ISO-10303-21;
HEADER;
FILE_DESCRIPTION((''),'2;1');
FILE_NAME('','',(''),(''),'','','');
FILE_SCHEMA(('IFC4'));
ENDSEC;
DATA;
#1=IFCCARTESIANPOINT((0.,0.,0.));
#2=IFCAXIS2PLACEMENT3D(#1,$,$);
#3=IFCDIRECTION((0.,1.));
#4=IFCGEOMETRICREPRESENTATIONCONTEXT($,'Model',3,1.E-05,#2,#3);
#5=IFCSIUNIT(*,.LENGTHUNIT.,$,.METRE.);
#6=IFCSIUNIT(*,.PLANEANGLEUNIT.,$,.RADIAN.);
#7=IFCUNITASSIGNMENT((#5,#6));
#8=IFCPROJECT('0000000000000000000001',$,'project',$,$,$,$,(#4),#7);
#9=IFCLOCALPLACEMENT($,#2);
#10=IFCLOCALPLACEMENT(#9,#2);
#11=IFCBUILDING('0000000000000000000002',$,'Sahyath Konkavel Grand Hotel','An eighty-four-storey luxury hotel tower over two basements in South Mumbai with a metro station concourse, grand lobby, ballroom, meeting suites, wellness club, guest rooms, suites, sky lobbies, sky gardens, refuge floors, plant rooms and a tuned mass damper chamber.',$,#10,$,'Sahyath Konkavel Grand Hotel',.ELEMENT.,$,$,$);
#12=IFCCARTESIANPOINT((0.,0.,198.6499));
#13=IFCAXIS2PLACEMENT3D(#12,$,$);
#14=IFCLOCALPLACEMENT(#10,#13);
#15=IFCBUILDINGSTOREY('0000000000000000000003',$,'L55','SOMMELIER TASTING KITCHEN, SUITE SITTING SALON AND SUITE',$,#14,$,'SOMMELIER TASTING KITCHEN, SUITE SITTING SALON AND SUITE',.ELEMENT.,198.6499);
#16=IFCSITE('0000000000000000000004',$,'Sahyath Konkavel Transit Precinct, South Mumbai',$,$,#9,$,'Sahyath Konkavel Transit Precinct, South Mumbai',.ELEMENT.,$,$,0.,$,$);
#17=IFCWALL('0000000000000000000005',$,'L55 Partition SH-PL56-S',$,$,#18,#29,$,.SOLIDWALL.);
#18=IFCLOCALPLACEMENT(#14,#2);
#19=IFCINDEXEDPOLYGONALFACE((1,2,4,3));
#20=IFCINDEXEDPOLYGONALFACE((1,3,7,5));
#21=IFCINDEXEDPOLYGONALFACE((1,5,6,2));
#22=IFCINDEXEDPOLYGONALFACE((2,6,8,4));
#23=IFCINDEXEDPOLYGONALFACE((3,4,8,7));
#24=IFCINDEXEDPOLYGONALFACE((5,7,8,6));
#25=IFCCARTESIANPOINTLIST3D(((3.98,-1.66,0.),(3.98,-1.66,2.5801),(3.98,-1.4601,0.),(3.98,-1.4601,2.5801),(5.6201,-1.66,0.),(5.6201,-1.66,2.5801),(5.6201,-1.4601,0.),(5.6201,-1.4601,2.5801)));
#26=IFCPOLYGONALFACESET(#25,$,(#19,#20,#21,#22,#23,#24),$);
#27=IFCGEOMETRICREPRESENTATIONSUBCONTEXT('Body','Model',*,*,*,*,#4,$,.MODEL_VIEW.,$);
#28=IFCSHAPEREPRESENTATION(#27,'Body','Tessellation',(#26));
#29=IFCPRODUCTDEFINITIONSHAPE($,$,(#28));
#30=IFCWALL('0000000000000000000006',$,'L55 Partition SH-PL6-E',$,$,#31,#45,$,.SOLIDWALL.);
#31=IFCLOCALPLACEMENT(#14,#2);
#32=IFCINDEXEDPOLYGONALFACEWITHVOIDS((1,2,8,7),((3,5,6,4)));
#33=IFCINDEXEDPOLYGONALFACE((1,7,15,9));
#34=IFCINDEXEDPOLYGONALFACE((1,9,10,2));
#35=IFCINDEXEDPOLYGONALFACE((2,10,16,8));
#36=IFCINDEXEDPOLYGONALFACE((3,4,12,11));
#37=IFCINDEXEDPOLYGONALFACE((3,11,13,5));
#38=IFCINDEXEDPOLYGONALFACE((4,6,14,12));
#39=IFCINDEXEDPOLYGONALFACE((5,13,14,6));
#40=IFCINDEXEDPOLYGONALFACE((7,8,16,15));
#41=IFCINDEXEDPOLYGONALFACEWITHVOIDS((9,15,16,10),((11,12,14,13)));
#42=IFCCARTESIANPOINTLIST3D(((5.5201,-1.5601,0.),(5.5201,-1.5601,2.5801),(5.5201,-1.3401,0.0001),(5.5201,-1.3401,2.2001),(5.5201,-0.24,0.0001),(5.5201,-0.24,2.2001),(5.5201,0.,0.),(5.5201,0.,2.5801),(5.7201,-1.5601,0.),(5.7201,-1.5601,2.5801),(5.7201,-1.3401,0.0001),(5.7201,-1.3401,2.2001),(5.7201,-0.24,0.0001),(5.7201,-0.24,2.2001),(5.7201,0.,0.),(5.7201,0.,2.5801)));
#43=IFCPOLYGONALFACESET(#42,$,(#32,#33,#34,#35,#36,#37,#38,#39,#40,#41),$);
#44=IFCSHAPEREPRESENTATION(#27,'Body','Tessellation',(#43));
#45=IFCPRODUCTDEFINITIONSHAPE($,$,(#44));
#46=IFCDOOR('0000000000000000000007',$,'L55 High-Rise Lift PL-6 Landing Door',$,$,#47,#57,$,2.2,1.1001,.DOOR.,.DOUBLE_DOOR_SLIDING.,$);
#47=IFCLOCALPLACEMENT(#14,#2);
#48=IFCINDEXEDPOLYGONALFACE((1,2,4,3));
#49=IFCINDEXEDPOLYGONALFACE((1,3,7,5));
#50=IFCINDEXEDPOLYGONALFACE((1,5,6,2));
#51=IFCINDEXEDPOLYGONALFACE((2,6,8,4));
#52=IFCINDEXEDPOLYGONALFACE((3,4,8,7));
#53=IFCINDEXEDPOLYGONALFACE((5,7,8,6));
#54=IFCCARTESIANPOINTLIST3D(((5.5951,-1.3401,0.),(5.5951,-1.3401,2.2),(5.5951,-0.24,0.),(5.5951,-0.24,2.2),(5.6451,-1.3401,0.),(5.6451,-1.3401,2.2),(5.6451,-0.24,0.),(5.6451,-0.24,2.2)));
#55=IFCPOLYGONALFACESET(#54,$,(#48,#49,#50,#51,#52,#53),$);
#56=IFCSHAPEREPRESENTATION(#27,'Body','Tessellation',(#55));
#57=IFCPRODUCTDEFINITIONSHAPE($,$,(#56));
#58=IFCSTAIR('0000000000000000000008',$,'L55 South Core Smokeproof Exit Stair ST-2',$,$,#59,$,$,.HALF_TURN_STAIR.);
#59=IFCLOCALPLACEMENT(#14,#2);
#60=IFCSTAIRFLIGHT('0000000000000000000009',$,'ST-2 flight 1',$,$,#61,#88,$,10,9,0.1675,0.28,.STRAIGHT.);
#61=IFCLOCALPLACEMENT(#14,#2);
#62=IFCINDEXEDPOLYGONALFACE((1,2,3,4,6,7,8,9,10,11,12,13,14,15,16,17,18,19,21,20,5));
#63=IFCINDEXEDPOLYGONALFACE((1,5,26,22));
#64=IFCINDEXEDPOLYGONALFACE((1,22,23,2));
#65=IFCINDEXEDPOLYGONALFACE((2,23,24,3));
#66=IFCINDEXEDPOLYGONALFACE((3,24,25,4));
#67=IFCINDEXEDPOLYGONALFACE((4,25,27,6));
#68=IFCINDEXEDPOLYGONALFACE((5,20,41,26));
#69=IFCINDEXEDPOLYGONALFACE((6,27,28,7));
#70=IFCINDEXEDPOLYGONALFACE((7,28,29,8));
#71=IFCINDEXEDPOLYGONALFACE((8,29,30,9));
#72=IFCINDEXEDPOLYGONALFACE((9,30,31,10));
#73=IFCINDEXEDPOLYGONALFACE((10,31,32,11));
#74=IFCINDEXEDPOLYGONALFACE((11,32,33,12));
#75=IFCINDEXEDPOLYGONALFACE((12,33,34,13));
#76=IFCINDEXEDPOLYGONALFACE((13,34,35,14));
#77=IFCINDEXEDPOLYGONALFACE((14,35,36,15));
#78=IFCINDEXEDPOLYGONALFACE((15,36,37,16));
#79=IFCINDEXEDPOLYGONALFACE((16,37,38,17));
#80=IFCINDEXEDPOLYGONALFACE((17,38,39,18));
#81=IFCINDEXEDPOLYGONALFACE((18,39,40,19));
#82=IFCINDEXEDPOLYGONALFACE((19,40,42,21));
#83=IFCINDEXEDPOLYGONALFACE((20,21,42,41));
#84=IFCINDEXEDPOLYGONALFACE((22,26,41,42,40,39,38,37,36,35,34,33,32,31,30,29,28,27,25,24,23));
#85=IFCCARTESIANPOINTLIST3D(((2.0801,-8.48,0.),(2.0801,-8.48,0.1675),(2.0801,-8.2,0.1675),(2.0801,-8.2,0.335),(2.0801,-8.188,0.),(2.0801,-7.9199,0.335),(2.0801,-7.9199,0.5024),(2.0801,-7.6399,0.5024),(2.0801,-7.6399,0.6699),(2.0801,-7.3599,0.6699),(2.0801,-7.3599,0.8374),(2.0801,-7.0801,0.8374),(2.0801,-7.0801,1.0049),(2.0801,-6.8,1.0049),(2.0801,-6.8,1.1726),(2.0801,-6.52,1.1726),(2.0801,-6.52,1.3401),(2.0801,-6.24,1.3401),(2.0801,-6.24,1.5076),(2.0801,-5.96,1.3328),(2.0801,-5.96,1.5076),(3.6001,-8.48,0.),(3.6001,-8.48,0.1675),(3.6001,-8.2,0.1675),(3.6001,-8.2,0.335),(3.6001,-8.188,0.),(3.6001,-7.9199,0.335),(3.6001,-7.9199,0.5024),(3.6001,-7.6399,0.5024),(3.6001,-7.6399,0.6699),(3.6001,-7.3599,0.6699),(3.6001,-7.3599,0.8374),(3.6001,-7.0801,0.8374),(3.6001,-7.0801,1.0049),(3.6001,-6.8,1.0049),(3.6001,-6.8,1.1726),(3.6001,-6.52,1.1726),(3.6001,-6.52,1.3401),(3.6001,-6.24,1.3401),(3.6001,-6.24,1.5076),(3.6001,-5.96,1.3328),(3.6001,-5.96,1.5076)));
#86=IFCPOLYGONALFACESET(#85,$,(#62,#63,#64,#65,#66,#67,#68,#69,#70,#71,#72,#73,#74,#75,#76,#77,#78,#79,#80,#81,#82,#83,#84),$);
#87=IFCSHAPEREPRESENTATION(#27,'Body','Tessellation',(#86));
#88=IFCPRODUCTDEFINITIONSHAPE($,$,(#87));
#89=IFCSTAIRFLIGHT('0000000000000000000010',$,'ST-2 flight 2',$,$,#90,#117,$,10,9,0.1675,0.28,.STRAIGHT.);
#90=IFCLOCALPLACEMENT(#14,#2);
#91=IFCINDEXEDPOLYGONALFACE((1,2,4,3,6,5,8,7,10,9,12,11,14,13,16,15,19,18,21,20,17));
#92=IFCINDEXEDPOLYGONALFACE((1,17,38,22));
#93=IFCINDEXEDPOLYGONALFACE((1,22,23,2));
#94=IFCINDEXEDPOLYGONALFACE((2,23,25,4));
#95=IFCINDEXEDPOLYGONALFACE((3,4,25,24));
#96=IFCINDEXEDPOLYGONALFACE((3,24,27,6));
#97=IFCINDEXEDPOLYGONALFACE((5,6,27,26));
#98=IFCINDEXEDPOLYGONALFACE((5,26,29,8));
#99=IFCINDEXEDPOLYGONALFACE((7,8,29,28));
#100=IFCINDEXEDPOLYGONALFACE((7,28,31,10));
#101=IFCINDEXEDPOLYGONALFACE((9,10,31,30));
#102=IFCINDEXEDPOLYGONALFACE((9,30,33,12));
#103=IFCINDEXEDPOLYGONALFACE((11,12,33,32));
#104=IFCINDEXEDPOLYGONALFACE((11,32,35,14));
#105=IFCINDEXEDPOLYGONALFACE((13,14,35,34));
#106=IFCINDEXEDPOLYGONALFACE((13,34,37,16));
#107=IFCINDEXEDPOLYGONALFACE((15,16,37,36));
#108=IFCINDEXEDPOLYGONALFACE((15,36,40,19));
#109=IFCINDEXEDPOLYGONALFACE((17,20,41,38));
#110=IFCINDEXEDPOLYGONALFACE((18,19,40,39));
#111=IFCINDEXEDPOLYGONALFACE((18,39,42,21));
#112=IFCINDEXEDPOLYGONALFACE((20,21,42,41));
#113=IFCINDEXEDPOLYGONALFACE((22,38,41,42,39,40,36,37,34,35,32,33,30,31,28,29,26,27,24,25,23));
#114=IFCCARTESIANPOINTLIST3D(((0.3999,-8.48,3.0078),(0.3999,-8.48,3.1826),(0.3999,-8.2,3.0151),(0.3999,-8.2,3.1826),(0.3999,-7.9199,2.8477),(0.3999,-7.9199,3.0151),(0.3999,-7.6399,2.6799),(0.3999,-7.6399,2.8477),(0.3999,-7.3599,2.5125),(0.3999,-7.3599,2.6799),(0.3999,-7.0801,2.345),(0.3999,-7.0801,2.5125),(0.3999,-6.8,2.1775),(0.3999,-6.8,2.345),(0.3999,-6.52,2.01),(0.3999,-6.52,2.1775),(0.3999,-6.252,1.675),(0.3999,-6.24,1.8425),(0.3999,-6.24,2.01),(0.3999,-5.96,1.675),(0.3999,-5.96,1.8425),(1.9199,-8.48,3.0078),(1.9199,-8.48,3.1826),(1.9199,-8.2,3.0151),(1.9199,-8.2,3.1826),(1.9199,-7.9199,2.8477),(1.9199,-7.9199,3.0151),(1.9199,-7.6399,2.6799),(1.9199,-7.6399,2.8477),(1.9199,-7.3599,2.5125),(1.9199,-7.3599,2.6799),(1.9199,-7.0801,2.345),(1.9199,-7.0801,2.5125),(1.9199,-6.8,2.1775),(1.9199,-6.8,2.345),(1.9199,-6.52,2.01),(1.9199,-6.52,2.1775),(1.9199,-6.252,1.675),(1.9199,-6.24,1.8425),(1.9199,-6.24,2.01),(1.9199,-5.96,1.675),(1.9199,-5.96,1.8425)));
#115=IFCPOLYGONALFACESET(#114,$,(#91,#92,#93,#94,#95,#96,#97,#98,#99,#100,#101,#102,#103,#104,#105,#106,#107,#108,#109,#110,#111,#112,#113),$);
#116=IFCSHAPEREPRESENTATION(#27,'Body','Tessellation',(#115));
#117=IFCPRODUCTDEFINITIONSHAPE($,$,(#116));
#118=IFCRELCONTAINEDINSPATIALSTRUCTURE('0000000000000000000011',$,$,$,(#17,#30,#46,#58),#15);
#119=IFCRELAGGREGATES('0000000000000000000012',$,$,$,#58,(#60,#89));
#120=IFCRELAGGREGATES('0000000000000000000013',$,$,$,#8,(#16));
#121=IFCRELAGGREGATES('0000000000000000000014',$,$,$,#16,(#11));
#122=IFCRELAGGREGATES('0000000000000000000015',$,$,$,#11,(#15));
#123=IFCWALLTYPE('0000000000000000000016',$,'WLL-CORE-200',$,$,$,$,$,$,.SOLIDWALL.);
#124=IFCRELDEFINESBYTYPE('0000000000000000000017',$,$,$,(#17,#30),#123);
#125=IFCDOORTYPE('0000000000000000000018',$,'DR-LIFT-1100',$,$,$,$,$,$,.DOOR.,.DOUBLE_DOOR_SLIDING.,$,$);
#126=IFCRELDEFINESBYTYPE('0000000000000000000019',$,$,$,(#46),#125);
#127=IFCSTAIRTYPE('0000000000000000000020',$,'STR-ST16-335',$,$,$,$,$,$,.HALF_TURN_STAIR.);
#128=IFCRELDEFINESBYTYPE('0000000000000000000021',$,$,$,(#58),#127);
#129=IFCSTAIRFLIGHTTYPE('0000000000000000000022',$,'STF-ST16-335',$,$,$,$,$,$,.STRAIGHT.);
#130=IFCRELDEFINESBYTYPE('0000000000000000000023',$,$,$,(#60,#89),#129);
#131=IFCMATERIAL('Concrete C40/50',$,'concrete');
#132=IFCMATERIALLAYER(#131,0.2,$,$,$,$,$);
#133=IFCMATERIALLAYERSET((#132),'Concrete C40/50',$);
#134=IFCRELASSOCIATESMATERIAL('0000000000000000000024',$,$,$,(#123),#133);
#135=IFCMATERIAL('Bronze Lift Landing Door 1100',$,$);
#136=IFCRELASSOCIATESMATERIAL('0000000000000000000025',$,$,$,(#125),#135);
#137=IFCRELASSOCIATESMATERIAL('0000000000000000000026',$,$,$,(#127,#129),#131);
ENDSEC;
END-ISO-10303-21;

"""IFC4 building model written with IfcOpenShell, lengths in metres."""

from ifc_helpers import new_model, si_unit, direction, frame, frame_2d, origin, origin_2d, place, context, subcontext, project, spatial, polyline, rectangle, outline, extrude, source, transform, mapped, material, layer, layer_set, type_object, element, fill, aggregate, save


model = new_model("IFC4")

# Units and contexts
model_context = context("Model", 3, precision=1e-05, world=origin(), true_north=direction((0.0, 1.0)))
body_context = subcontext(model_context, "Body", "Model", "MODEL_VIEW")
ifc_project = project(units=[si_unit("LENGTHUNIT", "METRE"), si_unit("PLANEANGLEUNIT", "RADIAN")], contexts=[model_context])

# Site, building, storey
site_placement = place(None, origin())
site = spatial("IfcSite", under=ifc_project, at=site_placement, Name="Sahyath Konkavel Transit Precinct, South Mumbai", LongName="Sahyath Konkavel Transit Precinct, South Mumbai", CompositionType="ELEMENT", RefElevation=0.0)
building_placement = place(site_placement, origin())
building = spatial("IfcBuilding", under=site, at=building_placement, Name="Sahyath Konkavel Grand Hotel", Description="An eighty-four-storey luxury hotel tower over two basements in South Mumbai with a metro station concourse, grand lobby, ballroom, meeting suites, wellness club, guest rooms, suites, sky lobbies, sky gardens, refuge floors, plant rooms and a tuned mass damper chamber.", LongName="Sahyath Konkavel Grand Hotel", CompositionType="ELEMENT")
storey_placement = place(building_placement, frame((0.0, 0.0, 198.6499)))
storey = spatial("IfcBuildingStorey", under=building, at=storey_placement, Name="L55", Description="SOMMELIER TASTING KITCHEN, SUITE SITTING SALON AND SUITE", LongName="SOMMELIER TASTING KITCHEN, SUITE SITTING SALON AND SUITE", CompositionType="ELEMENT", Elevation=198.6499)

# Wall
ifc_material_1 = material(Name="Concrete C40/50", Category="concrete")
ifc_layer_1 = layer(ifc_material_1, 0.2)
ifc_layer_set_1 = layer_set([ifc_layer_1], Name="Concrete C40/50")
wall_type_1 = type_object("IfcWallType", Name="WLL-CORE-200", PredefinedType="SOLIDWALL", material=ifc_layer_set_1)
wall_1_placement = place(storey_placement, frame((3.98, -1.5601, 0.0), z_axis=(0.0, 0.0, 1.0), x_axis=(1.0, 0.0, 0.0)))
element("IfcWall", 1, at=wall_1_placement, inside=storey, type_object=wall_type_1, Name="L55 Partition SH-PL56-S", PredefinedType="SOLIDWALL", context=body_context, shape_type="SweptSolid", body=[
    extrude(rectangle(XDim=1.6401, YDim=0.2, at=frame_2d((0.8201, 0.0))), origin(), (0.0, 0.0, 1.0), 2.5801),
])

# Wall, opening, door
wall_2_placement = place(storey_placement, frame((5.6201, -1.5601, 0.0), z_axis=(0.0, 0.0, 1.0), x_axis=(0.0, 1.0, 0.0)))
wall_2 = element("IfcWall", 2, at=wall_2_placement, inside=storey, type_object=wall_type_1, Name="L55 Partition SH-PL6-E", PredefinedType="SOLIDWALL", context=body_context, shape_type="SweptSolid", body=[
    extrude(rectangle(XDim=1.5601, YDim=0.2, at=frame_2d((0.78, 0.0))), origin(), (0.0, 0.0, 1.0), 2.5801),
])
opening_1_placement = place(wall_2_placement, frame((0.22, 0.0, 0.0)))
opening_1 = element("IfcOpeningElement", 3, at=opening_1_placement, cuts=wall_2, PredefinedType="OPENING", context=body_context, shape_type="SweptSolid", body=[
    extrude(rectangle(XDim=1.1001, YDim=2.2, at=frame_2d((0.55, 1.1001))), frame((0.0, 0.1099, 0.0), z_axis=(0.0, -1.0, 0.0), x_axis=(1.0, 0.0, 0.0)), (0.0, 0.0, 1.0), 0.22),
])
ifc_material_2 = material(Name="Bronze Lift Landing Door 1100")
door_type_1 = type_object("IfcDoorType", Name="DR-LIFT-1100", OperationType="DOUBLE_DOOR_SLIDING", PredefinedType="DOOR", material=ifc_material_2)
shared_shape_1 = source(origin(), body_context, "Body", "SweptSolid", [
    extrude(rectangle(XDim=1.1001, YDim=0.05, at=origin_2d()), origin(), (0.0, 0.0, 1.0), 2.2),
])
door_1_placement = place(opening_1_placement, frame((0.55, 0.0, 0.0)))
door_1 = element("IfcDoor", 4, at=door_1_placement, inside=storey, type_object=door_type_1, Name="L55 High-Rise Lift PL-6 Landing Door", OperationType="DOUBLE_DOOR_SLIDING", OverallHeight=2.2, OverallWidth=1.1001, PredefinedType="DOOR", context=body_context, shape_type="MappedRepresentation", body=[
    mapped(shared_shape_1, transform((0.0, 0.0, 0.0), scale=1.0)),
])
fill(opening_1, door_1)

# Stair, stair flights
stair_type = type_object("IfcStairType", Name="STR-ST16-335", PredefinedType="HALF_TURN_STAIR", material=ifc_material_1)
stair_placement = place(storey_placement, origin())
stair = element("IfcStair", 5, at=stair_placement, inside=storey, type_object=stair_type, Name="L55 South Core Smokeproof Exit Stair ST-2", PredefinedType="HALF_TURN_STAIR")
stair_flight_type = type_object("IfcStairFlightType", Name="STF-ST16-335", PredefinedType="STRAIGHT", material=ifc_material_1)
stair_flight_1_placement = place(storey_placement, frame((2.8401, -8.48, 0.0), z_axis=(0.0, 0.0, 1.0), x_axis=(0.0, 1.0, 0.0)))
stair_flight_1 = element("IfcStairFlight", 6, at=stair_flight_1_placement, type_object=stair_flight_type, Name="ST-2 flight 1", NumberOfRisers=10, NumberOfTreads=9, PredefinedType="STRAIGHT", RiserHeight=0.1675, TreadLength=0.28, context=body_context, shape_type="SweptSolid", body=[
    extrude(outline(polyline([(0.0, 0.0), (0.0, 0.1675), (0.28, 0.1675), (0.28, 0.335), (0.5601, 0.335), (0.5601, 0.5024), (0.8401, 0.5024), (0.8401, 0.6699), (1.1201, 0.6699), (1.1201, 0.8374), (1.3999, 0.8374), (1.3999, 1.0049), (1.6799, 1.0049), (1.6799, 1.1726), (1.96, 1.1726), (1.96, 1.3401), (2.24, 1.3401), (2.24, 1.5076), (2.52, 1.5076), (2.52, 1.675), (2.52, 1.3328), (0.292, 0.0), (0.0, 0.0)])), frame((0.0, 0.76, 0.0), z_axis=(0.0, -1.0, 0.0), x_axis=(1.0, 0.0, 0.0)), (0.0, 0.0, 1.0), 1.52),
])
stair_flight_2_placement = place(storey_placement, frame((1.1599, -5.96, 1.675), z_axis=(0.0, 0.0, 1.0), x_axis=(0.0, -1.0, 0.0)))
stair_flight_2 = element("IfcStairFlight", 7, at=stair_flight_2_placement, type_object=stair_flight_type, Name="ST-2 flight 2", NumberOfRisers=10, NumberOfTreads=9, PredefinedType="STRAIGHT", RiserHeight=0.1675, TreadLength=0.28, context=body_context, shape_type="SweptSolid", body=[
    extrude(outline(polyline([(0.0, 0.0), (0.0, 0.1675), (0.28, 0.1675), (0.28, 0.335), (0.5601, 0.335), (0.5601, 0.5024), (0.8401, 0.5024), (0.8401, 0.6699), (1.1201, 0.6699), (1.1201, 0.8374), (1.3999, 0.8374), (1.3999, 1.0049), (1.6799, 1.0049), (1.6799, 1.1726), (1.96, 1.1726), (1.96, 1.3401), (2.24, 1.3401), (2.24, 1.5076), (2.52, 1.5076), (2.52, 1.675), (2.52, 1.3328), (0.292, 0.0), (0.0, 0.0)])), frame((0.0, 0.76, 0.0), z_axis=(0.0, -1.0, 0.0), x_axis=(1.0, 0.0, 0.0)), (0.0, 0.0, 1.0), 1.52),
])
aggregate(stair, [stair_flight_1, stair_flight_2])

save(model, "model.ifc")
